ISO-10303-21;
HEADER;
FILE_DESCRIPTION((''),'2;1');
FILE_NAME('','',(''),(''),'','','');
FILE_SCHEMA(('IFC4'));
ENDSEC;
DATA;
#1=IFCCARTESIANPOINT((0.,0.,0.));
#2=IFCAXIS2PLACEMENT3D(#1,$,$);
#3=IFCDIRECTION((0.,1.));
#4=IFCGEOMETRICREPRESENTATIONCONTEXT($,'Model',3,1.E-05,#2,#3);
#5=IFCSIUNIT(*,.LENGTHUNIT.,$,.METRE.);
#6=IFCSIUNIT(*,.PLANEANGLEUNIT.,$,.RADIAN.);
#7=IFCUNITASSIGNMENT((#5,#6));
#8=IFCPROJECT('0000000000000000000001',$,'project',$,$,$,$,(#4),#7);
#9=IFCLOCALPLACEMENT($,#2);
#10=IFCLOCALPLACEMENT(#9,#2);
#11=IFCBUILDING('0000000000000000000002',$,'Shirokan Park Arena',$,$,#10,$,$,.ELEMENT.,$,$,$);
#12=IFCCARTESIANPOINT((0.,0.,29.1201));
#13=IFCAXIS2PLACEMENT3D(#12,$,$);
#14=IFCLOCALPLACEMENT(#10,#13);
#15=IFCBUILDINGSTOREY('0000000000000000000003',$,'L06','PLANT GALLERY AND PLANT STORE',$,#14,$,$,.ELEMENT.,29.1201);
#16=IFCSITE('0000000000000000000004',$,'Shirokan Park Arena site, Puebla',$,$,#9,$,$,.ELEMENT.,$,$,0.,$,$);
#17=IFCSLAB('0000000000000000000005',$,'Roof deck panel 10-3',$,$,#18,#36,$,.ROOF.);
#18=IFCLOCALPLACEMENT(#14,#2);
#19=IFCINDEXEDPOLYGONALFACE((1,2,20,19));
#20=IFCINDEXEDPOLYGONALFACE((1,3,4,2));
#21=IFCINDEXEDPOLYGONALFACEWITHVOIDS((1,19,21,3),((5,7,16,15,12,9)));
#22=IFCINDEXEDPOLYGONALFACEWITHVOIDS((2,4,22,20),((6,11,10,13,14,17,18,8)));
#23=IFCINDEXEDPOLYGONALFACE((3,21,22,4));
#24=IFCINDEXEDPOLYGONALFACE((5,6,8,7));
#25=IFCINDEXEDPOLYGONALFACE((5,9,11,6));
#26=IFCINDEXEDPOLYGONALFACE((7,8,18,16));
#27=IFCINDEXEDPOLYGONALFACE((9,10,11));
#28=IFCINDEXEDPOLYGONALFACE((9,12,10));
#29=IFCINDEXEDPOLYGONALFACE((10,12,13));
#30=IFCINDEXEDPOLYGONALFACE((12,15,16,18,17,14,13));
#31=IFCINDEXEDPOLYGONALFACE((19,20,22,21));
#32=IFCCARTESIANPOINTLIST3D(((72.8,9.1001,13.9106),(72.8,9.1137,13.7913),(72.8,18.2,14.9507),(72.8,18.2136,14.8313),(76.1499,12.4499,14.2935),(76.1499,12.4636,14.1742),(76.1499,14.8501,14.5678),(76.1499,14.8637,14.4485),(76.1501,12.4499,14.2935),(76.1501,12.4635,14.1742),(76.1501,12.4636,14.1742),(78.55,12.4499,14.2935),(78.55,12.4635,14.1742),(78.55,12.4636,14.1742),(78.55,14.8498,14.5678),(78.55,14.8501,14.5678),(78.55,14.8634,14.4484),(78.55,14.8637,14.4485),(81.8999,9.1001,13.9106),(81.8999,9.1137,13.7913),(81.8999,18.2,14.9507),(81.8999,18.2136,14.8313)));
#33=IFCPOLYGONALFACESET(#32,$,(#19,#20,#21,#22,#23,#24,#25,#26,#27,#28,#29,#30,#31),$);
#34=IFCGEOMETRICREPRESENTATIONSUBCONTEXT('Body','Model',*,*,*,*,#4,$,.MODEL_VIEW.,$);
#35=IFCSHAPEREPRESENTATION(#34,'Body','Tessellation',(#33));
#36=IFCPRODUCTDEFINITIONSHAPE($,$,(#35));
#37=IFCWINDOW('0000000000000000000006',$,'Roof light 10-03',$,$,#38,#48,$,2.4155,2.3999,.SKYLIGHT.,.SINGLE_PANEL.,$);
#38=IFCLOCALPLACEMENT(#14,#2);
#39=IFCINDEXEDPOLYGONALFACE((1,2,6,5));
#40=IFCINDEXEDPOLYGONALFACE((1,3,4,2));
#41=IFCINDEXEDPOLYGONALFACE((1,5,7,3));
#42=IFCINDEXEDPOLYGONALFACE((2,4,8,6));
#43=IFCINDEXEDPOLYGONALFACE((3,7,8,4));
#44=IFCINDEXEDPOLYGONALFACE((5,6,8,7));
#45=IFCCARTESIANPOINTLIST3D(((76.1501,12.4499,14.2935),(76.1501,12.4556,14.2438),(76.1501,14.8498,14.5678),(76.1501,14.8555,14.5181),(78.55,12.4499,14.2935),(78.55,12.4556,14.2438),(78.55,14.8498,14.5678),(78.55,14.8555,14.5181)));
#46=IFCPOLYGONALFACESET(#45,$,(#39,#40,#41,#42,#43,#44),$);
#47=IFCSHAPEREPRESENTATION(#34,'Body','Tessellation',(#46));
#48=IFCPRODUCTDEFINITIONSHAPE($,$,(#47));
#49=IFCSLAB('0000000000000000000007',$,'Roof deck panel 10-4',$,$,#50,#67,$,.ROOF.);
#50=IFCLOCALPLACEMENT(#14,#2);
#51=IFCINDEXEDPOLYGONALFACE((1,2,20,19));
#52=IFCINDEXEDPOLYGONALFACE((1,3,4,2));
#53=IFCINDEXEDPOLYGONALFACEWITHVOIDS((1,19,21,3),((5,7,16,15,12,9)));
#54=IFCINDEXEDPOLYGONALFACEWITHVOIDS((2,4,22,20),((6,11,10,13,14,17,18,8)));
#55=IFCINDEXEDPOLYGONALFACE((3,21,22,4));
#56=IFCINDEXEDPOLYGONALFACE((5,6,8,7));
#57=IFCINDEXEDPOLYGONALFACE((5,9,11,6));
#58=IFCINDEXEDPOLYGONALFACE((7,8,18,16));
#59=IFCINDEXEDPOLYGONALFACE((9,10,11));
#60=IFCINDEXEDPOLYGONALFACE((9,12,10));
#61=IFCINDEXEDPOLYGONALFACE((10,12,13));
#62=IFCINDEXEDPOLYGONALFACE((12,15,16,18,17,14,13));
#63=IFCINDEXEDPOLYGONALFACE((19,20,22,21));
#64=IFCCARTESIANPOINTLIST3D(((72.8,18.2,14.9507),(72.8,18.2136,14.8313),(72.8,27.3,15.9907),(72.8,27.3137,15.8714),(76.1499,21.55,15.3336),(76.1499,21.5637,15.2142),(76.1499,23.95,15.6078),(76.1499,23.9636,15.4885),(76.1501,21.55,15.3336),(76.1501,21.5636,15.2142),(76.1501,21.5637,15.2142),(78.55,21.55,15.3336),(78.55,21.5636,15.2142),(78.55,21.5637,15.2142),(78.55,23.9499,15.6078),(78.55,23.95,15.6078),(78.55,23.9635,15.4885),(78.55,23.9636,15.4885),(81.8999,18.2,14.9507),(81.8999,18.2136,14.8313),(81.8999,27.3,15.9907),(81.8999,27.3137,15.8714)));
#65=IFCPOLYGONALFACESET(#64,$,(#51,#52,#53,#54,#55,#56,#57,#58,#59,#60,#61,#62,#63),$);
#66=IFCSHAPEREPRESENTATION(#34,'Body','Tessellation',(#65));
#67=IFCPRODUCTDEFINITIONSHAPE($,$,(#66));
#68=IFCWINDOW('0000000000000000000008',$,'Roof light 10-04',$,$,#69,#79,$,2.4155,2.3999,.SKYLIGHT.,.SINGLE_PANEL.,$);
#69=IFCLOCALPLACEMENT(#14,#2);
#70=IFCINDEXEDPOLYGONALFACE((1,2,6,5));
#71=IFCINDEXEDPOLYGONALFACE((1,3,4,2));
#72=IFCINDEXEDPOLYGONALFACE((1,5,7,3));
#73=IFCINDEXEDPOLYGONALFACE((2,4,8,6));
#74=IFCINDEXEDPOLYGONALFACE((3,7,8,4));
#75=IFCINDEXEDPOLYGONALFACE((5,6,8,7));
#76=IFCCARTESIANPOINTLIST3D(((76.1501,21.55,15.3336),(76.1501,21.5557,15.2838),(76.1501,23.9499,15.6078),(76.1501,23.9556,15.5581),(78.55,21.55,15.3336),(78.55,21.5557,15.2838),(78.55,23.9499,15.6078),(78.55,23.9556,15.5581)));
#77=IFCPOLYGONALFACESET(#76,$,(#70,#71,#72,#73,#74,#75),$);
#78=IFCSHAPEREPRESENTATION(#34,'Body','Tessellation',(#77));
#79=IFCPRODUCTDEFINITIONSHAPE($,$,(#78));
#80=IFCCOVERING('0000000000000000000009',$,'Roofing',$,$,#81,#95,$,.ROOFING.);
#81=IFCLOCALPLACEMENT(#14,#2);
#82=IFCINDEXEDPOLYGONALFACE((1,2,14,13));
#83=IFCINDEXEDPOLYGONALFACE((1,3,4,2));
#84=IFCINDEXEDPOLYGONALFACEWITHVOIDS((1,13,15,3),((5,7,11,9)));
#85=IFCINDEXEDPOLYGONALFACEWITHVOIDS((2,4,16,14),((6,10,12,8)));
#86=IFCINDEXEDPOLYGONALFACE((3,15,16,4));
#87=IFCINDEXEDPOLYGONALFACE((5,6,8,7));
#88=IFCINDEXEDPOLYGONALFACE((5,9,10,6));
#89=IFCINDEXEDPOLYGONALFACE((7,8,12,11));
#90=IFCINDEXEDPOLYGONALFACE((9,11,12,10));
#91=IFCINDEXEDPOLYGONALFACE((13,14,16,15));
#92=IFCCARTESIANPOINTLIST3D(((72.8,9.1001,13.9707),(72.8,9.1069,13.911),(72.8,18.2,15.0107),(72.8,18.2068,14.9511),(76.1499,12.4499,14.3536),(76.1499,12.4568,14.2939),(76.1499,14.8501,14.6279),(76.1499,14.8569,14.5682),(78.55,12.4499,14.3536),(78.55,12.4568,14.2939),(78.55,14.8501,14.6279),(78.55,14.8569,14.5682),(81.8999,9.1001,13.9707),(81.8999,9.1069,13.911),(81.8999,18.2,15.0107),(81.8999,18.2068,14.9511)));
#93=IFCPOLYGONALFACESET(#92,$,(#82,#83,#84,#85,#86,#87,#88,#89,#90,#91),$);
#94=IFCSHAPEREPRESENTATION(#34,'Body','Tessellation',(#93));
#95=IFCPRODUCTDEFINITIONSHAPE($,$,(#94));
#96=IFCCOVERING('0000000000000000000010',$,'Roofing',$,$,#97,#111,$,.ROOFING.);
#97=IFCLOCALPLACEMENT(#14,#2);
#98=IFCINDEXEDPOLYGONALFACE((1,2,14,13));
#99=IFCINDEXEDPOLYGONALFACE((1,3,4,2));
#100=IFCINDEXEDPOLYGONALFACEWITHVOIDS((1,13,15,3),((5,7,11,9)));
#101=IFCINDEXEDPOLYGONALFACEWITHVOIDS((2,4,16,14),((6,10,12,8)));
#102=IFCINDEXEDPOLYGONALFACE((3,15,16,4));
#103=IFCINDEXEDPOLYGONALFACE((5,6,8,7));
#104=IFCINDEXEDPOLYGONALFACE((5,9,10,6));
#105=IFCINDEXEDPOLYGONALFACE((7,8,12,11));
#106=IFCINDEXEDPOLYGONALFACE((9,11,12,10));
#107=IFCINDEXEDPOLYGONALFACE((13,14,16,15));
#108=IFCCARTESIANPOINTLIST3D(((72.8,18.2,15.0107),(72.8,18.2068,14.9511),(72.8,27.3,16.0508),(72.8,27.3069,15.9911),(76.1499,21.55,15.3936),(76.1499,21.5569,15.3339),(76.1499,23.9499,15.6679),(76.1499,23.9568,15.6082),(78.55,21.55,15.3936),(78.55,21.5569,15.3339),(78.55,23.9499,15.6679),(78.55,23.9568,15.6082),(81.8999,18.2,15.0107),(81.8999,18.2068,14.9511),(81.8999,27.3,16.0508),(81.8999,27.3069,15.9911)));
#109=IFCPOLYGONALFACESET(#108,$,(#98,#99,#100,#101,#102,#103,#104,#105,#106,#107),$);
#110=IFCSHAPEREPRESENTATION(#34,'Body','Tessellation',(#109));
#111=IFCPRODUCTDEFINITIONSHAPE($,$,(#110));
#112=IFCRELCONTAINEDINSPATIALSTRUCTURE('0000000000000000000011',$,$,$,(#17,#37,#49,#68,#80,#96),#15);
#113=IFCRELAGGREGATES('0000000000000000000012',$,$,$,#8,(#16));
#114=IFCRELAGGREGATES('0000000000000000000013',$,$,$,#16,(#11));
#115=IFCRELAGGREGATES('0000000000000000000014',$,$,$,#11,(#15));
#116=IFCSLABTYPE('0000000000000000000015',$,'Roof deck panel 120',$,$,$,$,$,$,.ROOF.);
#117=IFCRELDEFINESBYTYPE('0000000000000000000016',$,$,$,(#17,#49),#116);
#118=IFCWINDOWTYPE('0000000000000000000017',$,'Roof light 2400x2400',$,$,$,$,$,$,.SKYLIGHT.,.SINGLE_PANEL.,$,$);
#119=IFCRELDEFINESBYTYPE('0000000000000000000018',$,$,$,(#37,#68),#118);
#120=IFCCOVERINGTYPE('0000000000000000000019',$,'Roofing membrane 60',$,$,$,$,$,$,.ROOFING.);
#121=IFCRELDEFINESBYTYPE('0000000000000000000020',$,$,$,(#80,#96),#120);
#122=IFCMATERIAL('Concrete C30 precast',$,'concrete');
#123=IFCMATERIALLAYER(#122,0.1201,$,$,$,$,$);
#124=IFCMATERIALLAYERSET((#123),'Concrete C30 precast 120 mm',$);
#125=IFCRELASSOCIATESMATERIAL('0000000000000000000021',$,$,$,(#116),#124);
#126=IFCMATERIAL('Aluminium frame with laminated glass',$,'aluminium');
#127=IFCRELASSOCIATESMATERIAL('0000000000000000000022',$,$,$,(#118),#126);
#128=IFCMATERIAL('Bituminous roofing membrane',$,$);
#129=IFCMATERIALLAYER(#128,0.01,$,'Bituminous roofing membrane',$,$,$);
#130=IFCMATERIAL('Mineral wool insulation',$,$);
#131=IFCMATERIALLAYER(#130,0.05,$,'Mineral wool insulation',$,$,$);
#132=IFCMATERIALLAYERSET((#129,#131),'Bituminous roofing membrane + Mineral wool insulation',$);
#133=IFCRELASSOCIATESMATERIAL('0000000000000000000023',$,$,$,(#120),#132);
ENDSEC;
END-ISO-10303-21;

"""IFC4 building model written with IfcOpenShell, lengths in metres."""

from ifc_helpers import new_model, si_unit, direction, frame, origin, origin_2d, place, context, subcontext, project, spatial, polyline, rectangle, outline, extrude, material, layer, layer_set, type_object, element, fill, save


model = new_model("IFC4")

# Units and contexts
model_context = context("Model", 3, precision=1e-05, world=origin(), true_north=direction((0.0, 1.0)))
body_context = subcontext(model_context, "Body", "Model", "MODEL_VIEW")
ifc_project = project(units=[si_unit("LENGTHUNIT", "METRE"), si_unit("PLANEANGLEUNIT", "RADIAN")], contexts=[model_context])

# Site, building, storey
site_placement = place(None, origin())
site = spatial("IfcSite", under=ifc_project, at=site_placement, Name="Shirokan Park Arena site, Puebla", CompositionType="ELEMENT", RefElevation=0.0)
building_placement = place(site_placement, origin())
building = spatial("IfcBuilding", under=site, at=building_placement, Name="Shirokan Park Arena", CompositionType="ELEMENT")
storey_placement = place(building_placement, frame((0.0, 0.0, 29.1201)))
storey = spatial("IfcBuildingStorey", under=building, at=storey_placement, Name="L06", Description="PLANT GALLERY AND PLANT STORE", CompositionType="ELEMENT", Elevation=29.1201)

# Slabs, openings, windows
ifc_material_1 = material(Name="Concrete C30 precast", Category="concrete")
ifc_layer_1 = layer(ifc_material_1, 0.1201)
ifc_layer_set_1 = layer_set([ifc_layer_1], Name="Concrete C30 precast 120 mm")
slab_type = type_object("IfcSlabType", Name="Roof deck panel 120", PredefinedType="ROOF", material=ifc_layer_set_1)
slab_1_placement = place(storey_placement, frame((72.8, 9.1001, 13.9106), z_axis=(0.0, -0.113553, 0.993532), x_axis=(1.0, 0.0, 0.0)))
slab_1 = element("IfcSlab", 1, at=slab_1_placement, inside=storey, type_object=slab_type, Name="Roof deck panel 10-3", PredefinedType="ROOF", context=body_context, shape_type="SweptSolid", body=[
    extrude(outline(polyline([(0.0, 0.0), (9.0999, 0.0), (9.0999, 9.1591), (0.0, 9.1591), (0.0, 0.0)]), holes=[polyline([(3.3499, 3.3717), (5.75, 3.3717), (5.75, 5.7874), (3.3499, 5.7874), (3.3499, 3.3717)])]), origin(), (0.0, 0.0, -1.0), 0.1201),
])
opening_1_placement = place(slab_1_placement, frame((4.55, 4.5793, 0.01)))
opening_1 = element("IfcOpeningElement", 2, at=opening_1_placement, cuts=slab_1, PredefinedType="OPENING", context=body_context, shape_type="SweptSolid", body=[
    extrude(rectangle(XDim=2.3999, YDim=2.4155, at=origin_2d()), origin(), (0.0, 0.0, -1.0), 0.1399),
])
ifc_material_2 = material(Name="Aluminium frame with laminated glass", Category="aluminium")
window_type = type_object("IfcWindowType", Name="Roof light 2400x2400", PartitioningType="SINGLE_PANEL", PredefinedType="SKYLIGHT", material=ifc_material_2)
window_1_placement = place(opening_1_placement, frame((0.0, 0.0, -0.0601)))
window_1 = element("IfcWindow", 3, at=window_1_placement, inside=storey, type_object=window_type, Name="Roof light 10-03", OverallHeight=2.4155, OverallWidth=2.3999, PartitioningType="SINGLE_PANEL", PredefinedType="SKYLIGHT", context=body_context, shape_type="SweptSolid", body=[
    extrude(rectangle(XDim=2.3999, YDim=2.4155, at=origin_2d()), origin(), (0.0, 0.0, 1.0), 0.05),
])
fill(opening_1, window_1)
slab_2_placement = place(storey_placement, frame((72.8, 18.2, 14.9507), z_axis=(0.0, -0.11355, 0.993532), x_axis=(1.0, 0.0, 0.0)))
slab_2 = element("IfcSlab", 4, at=slab_2_placement, inside=storey, type_object=slab_type, Name="Roof deck panel 10-4", PredefinedType="ROOF", context=body_context, shape_type="SweptSolid", body=[
    extrude(outline(polyline([(0.0, 0.0), (9.0999, 0.0), (9.0999, 9.1593), (0.0, 9.1593), (0.0, 0.0)]), holes=[polyline([(3.3499, 3.3719), (5.75, 3.3719), (5.75, 5.7874), (3.3499, 5.7874), (3.3499, 3.3719)])]), origin(), (0.0, 0.0, -1.0), 0.1201),
])
opening_2_placement = place(slab_2_placement, frame((4.55, 4.5796, 0.01)))
opening_2 = element("IfcOpeningElement", 5, at=opening_2_placement, cuts=slab_2, PredefinedType="OPENING", context=body_context, shape_type="SweptSolid", body=[
    extrude(rectangle(XDim=2.3999, YDim=2.4155, at=origin_2d()), origin(), (0.0, 0.0, -1.0), 0.1399),
])
window_2_placement = place(opening_2_placement, frame((0.0, 0.0, -0.0601)))
window_2 = element("IfcWindow", 6, at=window_2_placement, inside=storey, type_object=window_type, Name="Roof light 10-04", OverallHeight=2.4155, OverallWidth=2.3999, PartitioningType="SINGLE_PANEL", PredefinedType="SKYLIGHT", context=body_context, shape_type="SweptSolid", body=[
    extrude(rectangle(XDim=2.3999, YDim=2.4155, at=origin_2d()), origin(), (0.0, 0.0, 1.0), 0.05),
])
fill(opening_2, window_2)

# Coverings
ifc_material_3 = material(Name="Bituminous roofing membrane")
ifc_layer_2 = layer(ifc_material_3, 0.01, Name="Bituminous roofing membrane")
ifc_material_4 = material(Name="Mineral wool insulation")
ifc_layer_3 = layer(ifc_material_4, 0.05, Name="Mineral wool insulation")
ifc_layer_set_2 = layer_set([ifc_layer_2, ifc_layer_3], Name="Bituminous roofing membrane + Mineral wool insulation")
covering_type = type_object("IfcCoveringType", Name="Roofing membrane 60", PredefinedType="ROOFING", material=ifc_layer_set_2)
covering_1_placement = place(storey_placement, frame((72.8, 9.1001, 13.9707), z_axis=(0.0, -0.113553, 0.993532), x_axis=(1.0, 0.0, 0.0)))
element("IfcCovering", 7, at=covering_1_placement, inside=storey, type_object=covering_type, Name="Roofing", PredefinedType="ROOFING", context=body_context, shape_type="SweptSolid", body=[
    extrude(outline(polyline([(0.0, 0.0), (9.0999, 0.0), (9.0999, 9.1591), (0.0, 9.1591), (0.0, 0.0)]), holes=[polyline([(5.75, 3.3717), (5.75, 5.7874), (3.3499, 5.7874), (3.3499, 3.3717), (5.75, 3.3717)])]), origin(), (0.0, 0.0, -1.0), 0.0601),
])
covering_2_placement = place(storey_placement, frame((72.8, 18.2, 15.0107), z_axis=(0.0, -0.11355, 0.993532), x_axis=(1.0, 0.0, 0.0)))
element("IfcCovering", 8, at=covering_2_placement, inside=storey, type_object=covering_type, Name="Roofing", PredefinedType="ROOFING", context=body_context, shape_type="SweptSolid", body=[
    extrude(outline(polyline([(0.0, 0.0), (9.0999, 0.0), (9.0999, 9.1593), (0.0, 9.1593), (0.0, 0.0)]), holes=[polyline([(5.75, 3.3719), (5.75, 5.7874), (3.3499, 5.7874), (3.3499, 3.3719), (5.75, 3.3719)])]), origin(), (0.0, 0.0, -1.0), 0.0601),
])

save(model, "model.ifc")
